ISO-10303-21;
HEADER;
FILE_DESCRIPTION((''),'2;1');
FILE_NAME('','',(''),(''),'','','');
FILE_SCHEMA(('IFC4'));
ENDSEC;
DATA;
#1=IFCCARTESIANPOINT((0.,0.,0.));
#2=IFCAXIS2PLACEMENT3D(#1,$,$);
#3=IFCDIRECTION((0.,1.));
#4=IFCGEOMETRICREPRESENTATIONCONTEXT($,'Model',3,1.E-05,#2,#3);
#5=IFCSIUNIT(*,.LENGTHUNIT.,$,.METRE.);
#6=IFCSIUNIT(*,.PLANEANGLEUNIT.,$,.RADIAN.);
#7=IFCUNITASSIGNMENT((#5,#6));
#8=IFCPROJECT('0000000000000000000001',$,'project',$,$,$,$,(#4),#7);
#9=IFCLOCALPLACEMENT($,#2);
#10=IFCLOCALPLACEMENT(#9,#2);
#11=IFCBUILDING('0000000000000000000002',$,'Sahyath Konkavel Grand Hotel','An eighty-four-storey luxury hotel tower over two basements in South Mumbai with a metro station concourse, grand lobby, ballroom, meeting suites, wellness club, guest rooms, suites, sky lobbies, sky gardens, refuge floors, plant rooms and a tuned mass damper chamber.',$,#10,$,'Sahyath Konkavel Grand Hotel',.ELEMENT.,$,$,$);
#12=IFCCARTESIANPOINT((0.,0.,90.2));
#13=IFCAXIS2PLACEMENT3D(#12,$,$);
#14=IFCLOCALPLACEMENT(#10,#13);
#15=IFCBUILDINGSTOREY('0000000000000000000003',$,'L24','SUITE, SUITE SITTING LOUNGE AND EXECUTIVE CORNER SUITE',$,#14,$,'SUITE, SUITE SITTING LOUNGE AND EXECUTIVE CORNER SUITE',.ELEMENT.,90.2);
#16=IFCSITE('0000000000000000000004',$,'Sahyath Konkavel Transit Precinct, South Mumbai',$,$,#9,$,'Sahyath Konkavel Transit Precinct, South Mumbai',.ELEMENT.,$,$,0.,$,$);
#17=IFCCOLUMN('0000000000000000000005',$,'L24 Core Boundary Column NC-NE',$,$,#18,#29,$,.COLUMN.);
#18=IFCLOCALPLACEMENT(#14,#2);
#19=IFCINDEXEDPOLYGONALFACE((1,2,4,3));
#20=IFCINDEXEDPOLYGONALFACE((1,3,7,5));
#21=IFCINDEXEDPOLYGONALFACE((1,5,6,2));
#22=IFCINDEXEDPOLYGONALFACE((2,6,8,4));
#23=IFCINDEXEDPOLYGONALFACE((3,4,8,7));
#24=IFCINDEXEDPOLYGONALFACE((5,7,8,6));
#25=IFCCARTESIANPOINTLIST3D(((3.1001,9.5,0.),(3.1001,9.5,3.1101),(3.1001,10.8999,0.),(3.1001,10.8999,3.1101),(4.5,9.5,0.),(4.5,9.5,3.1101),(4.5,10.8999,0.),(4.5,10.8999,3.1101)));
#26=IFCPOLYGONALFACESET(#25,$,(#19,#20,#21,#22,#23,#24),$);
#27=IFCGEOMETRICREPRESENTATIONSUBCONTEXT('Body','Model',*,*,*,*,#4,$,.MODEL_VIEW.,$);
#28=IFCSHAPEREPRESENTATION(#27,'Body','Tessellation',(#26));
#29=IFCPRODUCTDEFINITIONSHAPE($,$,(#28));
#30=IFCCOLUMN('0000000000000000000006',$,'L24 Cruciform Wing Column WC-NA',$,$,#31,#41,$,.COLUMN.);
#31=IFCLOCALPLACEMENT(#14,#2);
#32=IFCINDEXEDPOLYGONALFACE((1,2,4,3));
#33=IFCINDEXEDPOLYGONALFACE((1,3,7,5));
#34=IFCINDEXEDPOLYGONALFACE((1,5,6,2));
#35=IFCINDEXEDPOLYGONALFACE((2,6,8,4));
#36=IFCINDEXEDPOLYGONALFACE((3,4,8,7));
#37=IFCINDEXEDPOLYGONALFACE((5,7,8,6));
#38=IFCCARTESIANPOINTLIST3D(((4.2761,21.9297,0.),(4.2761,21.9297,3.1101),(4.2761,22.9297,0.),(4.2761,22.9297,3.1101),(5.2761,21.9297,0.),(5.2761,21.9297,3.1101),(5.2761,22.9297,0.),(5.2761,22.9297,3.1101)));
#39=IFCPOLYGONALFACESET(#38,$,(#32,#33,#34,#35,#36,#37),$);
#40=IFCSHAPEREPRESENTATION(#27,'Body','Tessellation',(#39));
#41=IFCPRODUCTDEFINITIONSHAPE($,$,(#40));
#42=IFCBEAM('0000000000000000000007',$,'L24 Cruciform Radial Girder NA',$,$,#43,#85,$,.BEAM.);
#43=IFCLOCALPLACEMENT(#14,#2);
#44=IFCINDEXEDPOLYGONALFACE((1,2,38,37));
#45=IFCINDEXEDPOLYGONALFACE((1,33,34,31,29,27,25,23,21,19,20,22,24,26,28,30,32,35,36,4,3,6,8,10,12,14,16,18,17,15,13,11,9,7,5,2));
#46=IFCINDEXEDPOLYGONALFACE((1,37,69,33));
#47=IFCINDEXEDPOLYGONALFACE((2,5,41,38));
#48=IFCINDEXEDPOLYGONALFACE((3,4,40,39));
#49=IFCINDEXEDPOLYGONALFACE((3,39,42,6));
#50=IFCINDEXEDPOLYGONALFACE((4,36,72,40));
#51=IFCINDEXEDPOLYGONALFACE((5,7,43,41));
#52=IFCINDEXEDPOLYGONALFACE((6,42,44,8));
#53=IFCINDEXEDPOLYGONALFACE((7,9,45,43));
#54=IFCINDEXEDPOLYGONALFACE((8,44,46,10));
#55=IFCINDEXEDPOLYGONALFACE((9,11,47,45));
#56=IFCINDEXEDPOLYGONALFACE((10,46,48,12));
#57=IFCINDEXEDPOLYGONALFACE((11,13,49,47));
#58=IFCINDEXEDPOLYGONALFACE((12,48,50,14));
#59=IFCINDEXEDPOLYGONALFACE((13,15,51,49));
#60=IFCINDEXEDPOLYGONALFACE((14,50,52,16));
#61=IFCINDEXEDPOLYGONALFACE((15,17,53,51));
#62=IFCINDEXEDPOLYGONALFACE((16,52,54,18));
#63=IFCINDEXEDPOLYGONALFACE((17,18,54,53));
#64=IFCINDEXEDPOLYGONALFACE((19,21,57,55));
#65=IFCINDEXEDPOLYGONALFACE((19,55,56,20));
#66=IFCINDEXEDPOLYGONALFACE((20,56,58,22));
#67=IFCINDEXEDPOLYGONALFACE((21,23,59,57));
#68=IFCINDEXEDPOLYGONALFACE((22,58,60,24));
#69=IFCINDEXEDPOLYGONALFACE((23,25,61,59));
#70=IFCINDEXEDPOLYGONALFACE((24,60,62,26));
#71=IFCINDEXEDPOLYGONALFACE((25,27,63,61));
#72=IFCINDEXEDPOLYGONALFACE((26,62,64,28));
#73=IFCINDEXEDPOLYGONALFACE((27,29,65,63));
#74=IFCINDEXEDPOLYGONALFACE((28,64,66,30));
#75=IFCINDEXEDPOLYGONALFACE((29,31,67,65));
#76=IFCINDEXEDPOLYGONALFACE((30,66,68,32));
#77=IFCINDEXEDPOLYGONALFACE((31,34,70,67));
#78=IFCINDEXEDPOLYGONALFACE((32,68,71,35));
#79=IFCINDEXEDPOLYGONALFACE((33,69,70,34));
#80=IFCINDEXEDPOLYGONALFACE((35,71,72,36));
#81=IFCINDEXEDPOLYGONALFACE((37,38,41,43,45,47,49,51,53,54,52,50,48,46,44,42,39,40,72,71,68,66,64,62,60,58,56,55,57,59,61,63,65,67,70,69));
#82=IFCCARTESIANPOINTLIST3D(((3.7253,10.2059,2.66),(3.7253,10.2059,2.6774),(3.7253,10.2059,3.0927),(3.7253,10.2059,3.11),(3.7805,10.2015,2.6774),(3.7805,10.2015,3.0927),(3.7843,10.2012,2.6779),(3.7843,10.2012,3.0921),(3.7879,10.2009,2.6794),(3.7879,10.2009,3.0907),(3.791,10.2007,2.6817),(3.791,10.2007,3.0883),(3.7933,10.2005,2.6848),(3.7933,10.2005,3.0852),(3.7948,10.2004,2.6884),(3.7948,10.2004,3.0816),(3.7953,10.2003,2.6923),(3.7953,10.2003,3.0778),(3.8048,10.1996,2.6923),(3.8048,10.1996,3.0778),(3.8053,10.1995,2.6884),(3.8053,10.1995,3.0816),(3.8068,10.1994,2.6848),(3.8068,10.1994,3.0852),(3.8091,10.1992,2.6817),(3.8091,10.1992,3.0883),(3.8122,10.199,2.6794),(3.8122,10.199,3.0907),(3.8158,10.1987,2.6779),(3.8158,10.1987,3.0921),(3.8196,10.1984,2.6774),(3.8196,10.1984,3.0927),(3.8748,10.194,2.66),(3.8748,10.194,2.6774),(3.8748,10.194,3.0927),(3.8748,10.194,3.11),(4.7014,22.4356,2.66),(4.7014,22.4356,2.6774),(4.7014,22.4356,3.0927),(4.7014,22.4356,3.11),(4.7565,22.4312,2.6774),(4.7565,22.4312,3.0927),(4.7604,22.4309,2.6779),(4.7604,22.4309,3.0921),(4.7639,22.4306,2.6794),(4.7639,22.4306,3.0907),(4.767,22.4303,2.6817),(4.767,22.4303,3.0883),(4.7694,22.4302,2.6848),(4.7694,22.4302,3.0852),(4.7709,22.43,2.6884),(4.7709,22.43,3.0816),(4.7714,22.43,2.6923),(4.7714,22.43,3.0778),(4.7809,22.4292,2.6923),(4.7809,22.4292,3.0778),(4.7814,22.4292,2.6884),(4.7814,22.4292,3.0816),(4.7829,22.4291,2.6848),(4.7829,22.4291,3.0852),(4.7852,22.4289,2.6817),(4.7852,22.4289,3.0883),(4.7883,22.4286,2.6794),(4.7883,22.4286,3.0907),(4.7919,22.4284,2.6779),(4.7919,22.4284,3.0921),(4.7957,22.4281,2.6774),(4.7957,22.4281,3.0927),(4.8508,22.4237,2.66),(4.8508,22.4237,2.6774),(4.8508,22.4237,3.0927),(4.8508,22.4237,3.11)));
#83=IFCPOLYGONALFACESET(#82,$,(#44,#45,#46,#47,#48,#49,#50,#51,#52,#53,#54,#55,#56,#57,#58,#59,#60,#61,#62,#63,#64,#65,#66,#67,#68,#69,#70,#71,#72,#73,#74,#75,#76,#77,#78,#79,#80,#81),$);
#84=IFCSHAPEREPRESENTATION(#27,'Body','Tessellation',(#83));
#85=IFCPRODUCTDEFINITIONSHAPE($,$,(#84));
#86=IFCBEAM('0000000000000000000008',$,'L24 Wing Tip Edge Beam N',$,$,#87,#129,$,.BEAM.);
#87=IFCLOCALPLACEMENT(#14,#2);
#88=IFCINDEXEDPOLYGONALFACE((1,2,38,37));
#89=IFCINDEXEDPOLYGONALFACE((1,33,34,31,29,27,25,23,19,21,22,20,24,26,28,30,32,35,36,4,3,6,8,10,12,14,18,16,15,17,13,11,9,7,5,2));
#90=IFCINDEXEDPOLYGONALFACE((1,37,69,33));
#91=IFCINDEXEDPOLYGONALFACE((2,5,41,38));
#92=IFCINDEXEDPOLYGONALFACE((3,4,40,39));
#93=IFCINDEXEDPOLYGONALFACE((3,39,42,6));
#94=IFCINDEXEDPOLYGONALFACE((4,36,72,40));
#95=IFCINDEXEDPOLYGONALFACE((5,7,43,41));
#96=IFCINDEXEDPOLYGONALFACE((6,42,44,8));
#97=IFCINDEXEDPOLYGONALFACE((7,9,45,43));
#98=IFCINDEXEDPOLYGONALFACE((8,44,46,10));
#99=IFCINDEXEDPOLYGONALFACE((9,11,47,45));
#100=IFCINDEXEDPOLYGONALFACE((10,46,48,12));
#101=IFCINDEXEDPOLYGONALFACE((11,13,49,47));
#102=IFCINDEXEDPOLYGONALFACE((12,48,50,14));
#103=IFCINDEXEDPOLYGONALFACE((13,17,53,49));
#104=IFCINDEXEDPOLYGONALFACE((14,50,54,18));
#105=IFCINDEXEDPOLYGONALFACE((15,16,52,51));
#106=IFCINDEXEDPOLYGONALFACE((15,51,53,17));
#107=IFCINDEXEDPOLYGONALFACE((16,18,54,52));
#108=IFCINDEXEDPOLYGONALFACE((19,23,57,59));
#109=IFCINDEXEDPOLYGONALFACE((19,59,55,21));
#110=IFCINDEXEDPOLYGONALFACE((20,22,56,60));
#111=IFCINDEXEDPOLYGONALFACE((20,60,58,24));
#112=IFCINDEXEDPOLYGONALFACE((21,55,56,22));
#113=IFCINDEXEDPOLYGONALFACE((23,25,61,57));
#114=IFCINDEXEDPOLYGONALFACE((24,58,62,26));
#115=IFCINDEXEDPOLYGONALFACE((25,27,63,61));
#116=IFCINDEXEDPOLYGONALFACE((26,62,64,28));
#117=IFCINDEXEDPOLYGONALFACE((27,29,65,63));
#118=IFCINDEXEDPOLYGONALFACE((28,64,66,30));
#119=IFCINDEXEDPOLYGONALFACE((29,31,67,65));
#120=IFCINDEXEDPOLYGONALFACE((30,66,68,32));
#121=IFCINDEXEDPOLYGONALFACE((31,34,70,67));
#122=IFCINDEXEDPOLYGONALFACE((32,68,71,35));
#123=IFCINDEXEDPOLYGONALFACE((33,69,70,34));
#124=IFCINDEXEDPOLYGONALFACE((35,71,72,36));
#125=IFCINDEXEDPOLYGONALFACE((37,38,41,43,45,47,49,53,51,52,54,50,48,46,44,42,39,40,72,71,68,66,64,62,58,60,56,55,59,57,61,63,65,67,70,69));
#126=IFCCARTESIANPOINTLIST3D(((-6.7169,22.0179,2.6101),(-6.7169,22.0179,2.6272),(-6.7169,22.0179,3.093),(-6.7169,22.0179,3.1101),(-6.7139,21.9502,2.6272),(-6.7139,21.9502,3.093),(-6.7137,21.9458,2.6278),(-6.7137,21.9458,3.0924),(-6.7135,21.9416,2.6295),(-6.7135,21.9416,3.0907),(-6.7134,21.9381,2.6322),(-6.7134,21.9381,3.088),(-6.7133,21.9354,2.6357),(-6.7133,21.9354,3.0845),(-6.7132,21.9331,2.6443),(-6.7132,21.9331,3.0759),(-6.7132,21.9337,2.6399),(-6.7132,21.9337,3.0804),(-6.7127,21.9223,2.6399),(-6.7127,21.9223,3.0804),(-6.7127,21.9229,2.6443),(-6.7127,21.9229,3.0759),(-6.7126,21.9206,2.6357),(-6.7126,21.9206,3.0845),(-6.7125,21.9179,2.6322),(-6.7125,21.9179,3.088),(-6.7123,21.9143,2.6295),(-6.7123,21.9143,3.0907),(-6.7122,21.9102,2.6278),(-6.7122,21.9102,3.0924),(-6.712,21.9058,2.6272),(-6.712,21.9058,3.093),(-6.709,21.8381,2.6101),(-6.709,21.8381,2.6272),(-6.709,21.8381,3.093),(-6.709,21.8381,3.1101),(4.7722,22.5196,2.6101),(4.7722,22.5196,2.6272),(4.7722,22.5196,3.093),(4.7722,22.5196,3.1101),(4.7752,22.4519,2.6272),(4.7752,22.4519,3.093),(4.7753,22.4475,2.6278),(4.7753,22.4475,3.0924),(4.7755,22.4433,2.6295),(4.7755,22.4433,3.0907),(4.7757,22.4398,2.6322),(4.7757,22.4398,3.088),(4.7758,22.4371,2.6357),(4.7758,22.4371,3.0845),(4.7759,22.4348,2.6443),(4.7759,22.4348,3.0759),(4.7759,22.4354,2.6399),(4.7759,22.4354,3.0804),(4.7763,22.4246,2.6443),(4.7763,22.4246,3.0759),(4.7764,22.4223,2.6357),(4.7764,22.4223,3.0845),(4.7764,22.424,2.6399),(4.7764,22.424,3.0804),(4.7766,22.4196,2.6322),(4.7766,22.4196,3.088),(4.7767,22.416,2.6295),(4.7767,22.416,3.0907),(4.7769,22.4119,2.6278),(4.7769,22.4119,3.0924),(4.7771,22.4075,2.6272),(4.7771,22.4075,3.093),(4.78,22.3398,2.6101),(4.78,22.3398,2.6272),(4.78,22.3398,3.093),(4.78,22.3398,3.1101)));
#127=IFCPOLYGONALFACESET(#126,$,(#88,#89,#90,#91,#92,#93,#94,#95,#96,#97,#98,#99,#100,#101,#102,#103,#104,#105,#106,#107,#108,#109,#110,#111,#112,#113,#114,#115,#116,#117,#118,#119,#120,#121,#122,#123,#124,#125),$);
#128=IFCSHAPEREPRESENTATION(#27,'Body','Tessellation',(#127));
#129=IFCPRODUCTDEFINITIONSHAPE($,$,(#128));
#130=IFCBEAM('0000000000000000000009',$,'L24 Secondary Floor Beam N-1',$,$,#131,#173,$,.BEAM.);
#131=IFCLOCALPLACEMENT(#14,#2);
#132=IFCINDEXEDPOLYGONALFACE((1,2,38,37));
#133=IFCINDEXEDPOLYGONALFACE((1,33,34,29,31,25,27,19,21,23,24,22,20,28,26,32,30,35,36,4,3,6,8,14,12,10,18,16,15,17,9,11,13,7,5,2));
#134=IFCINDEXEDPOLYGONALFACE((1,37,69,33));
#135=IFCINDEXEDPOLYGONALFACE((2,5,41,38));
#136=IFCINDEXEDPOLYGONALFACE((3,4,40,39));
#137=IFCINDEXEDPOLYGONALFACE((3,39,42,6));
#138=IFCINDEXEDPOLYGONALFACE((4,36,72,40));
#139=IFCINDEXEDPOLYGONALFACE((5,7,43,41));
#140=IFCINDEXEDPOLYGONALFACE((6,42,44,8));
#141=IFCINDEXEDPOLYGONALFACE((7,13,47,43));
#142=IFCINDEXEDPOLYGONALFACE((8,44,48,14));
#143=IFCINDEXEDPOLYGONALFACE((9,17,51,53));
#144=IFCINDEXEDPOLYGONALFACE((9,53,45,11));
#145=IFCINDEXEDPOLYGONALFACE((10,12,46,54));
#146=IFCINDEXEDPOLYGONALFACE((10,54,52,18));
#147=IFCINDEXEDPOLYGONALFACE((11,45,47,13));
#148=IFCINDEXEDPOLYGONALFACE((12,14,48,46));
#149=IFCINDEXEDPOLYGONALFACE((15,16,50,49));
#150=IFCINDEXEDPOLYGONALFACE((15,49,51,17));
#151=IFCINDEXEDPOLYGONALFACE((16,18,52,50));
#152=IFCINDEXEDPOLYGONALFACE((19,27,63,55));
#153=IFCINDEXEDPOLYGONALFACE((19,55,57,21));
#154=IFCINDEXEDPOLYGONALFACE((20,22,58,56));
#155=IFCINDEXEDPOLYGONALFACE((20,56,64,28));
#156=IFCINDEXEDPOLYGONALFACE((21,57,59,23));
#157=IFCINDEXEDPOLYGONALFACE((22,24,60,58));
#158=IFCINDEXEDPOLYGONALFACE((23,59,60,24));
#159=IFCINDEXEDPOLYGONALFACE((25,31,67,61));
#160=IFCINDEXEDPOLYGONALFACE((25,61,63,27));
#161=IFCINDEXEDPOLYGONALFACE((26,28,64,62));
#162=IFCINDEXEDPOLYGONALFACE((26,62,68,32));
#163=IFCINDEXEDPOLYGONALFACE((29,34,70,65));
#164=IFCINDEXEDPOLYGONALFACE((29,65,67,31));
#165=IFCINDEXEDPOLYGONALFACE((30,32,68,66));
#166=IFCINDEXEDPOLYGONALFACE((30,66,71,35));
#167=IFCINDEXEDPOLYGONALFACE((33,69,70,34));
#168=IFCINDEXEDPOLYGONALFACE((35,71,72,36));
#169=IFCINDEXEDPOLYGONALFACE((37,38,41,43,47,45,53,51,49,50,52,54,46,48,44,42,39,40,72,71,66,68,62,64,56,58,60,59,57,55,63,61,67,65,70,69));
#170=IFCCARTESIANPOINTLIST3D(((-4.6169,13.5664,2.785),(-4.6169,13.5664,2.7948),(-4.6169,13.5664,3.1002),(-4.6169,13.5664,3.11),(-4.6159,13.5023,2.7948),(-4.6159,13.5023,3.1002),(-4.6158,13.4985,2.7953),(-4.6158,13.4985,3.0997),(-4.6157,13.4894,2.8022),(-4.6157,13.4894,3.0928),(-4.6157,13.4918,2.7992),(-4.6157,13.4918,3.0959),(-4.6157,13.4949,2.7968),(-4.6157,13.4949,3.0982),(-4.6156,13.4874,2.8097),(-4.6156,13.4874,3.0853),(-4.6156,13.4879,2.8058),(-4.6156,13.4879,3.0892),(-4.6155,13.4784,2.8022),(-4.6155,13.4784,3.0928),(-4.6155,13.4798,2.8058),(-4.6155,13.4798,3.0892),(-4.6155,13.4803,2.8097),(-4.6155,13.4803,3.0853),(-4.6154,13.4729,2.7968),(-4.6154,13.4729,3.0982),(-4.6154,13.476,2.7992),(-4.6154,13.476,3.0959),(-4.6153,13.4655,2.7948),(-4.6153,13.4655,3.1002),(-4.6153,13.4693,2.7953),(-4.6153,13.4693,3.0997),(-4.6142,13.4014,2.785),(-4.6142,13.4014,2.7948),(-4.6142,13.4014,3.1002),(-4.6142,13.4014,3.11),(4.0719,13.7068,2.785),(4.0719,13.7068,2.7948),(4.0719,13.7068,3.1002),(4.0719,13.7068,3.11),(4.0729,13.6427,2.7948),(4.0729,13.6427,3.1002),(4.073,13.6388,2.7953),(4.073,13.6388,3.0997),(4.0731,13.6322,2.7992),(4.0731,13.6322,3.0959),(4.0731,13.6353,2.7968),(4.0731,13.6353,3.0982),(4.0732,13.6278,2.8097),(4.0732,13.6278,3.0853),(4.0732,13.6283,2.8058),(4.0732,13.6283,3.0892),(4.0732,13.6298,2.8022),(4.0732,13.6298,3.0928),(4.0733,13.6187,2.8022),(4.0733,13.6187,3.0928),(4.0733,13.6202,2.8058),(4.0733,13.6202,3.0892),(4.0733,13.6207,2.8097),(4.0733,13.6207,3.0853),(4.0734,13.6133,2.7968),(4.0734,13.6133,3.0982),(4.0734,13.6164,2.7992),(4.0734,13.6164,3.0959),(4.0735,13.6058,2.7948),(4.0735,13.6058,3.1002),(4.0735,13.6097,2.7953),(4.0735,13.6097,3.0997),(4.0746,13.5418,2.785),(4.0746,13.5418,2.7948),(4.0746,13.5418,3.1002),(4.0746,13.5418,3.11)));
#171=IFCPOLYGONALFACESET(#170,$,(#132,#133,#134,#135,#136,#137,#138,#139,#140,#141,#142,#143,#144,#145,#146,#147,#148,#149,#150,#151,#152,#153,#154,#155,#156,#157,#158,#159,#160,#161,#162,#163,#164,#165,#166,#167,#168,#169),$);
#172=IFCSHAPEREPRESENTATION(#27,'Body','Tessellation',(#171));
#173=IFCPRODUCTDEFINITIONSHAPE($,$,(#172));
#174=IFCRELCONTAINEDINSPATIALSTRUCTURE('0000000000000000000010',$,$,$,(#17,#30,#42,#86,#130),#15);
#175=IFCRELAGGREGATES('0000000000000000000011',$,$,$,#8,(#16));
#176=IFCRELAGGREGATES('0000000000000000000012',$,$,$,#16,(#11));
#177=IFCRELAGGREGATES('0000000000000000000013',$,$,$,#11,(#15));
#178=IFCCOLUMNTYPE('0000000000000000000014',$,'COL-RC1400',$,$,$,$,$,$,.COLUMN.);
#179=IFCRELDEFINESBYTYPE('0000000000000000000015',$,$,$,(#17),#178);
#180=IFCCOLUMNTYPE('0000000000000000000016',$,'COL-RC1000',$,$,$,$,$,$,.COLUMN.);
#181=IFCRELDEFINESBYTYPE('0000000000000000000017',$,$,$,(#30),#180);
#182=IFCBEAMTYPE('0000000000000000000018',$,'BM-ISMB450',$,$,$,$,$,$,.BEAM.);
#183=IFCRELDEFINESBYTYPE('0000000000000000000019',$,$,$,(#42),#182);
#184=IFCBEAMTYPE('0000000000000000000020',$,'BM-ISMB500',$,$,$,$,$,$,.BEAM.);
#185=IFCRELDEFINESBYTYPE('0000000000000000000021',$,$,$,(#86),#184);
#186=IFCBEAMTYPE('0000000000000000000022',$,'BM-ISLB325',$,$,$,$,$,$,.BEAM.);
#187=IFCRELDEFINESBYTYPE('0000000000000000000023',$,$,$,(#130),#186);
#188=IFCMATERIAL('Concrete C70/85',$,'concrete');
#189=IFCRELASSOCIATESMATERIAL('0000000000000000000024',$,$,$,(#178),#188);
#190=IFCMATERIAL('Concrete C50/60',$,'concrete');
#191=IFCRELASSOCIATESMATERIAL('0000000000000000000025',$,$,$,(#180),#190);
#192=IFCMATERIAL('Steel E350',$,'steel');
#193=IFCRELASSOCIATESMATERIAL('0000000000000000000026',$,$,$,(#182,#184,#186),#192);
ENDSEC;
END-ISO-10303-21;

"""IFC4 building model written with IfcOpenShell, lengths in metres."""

from ifc_helpers import new_model, si_unit, direction, frame, origin, origin_2d, place, context, subcontext, project, spatial, rectangle, i_section, extrude, source, transform, mapped, material, material_profile, profile_set, type_object, element, save


model = new_model("IFC4")

# Units and contexts
model_context = context("Model", 3, precision=1e-05, world=origin(), true_north=direction((0.0, 1.0)))
body_context = subcontext(model_context, "Body", "Model", "MODEL_VIEW")
ifc_project = project(units=[si_unit("LENGTHUNIT", "METRE"), si_unit("PLANEANGLEUNIT", "RADIAN")], contexts=[model_context])

# Site, building, storey
site_placement = place(None, origin())
site = spatial("IfcSite", under=ifc_project, at=site_placement, Name="Sahyath Konkavel Transit Precinct, South Mumbai", LongName="Sahyath Konkavel Transit Precinct, South Mumbai", CompositionType="ELEMENT", RefElevation=0.0)
building_placement = place(site_placement, origin())
building = spatial("IfcBuilding", under=site, at=building_placement, Name="Sahyath Konkavel Grand Hotel", Description="An eighty-four-storey luxury hotel tower over two basements in South Mumbai with a metro station concourse, grand lobby, ballroom, meeting suites, wellness club, guest rooms, suites, sky lobbies, sky gardens, refuge floors, plant rooms and a tuned mass damper chamber.", LongName="Sahyath Konkavel Grand Hotel", CompositionType="ELEMENT")
storey_placement = place(building_placement, frame((0.0, 0.0, 90.2)))
storey = spatial("IfcBuildingStorey", under=building, at=storey_placement, Name="L24", Description="SUITE, SUITE SITTING LOUNGE AND EXECUTIVE CORNER SUITE", LongName="SUITE, SUITE SITTING LOUNGE AND EXECUTIVE CORNER SUITE", CompositionType="ELEMENT", Elevation=90.2)

# Columns
ifc_material_1 = material(Name="Concrete C70/85", Category="concrete")
ifc_material_profile_1 = material_profile(ifc_material_1, rectangle(XDim=1.3999, YDim=1.3999, at=origin_2d()), Name="RC 1400x1400")
ifc_profile_set_1 = profile_set([ifc_material_profile_1], Name="Concrete C70/85")
column_type_1 = type_object("IfcColumnType", Name="COL-RC1400", PredefinedType="COLUMN", material=ifc_profile_set_1)
shared_shape_1 = source(origin(), body_context, "Body", "SweptSolid", [
    extrude(rectangle(XDim=1.3999, YDim=1.3999, at=origin_2d()), origin(), (0.0, 0.0, 1.0), 3.1101),
])
column_1_placement = place(storey_placement, frame((3.8, 10.2, 0.0), z_axis=(0.0, 0.0, 1.0), x_axis=(1.0, 0.0, 0.0)))
element("IfcColumn", 1, at=column_1_placement, inside=storey, type_object=column_type_1, Name="L24 Core Boundary Column NC-NE", PredefinedType="COLUMN", context=body_context, shape_type="MappedRepresentation", body=[
    mapped(shared_shape_1, transform((0.0, 0.0, 0.0), scale=1.0)),
])
ifc_material_2 = material(Name="Concrete C50/60", Category="concrete")
ifc_material_profile_2 = material_profile(ifc_material_2, rectangle(XDim=1.0, YDim=1.0, at=origin_2d()), Name="RC 1000x1000")
ifc_profile_set_2 = profile_set([ifc_material_profile_2], Name="Concrete C50/60")
column_type_2 = type_object("IfcColumnType", Name="COL-RC1000", PredefinedType="COLUMN", material=ifc_profile_set_2)
shared_shape_2 = source(origin(), body_context, "Body", "SweptSolid", [
    extrude(rectangle(XDim=1.0, YDim=1.0, at=origin_2d()), origin(), (0.0, 0.0, 1.0), 3.1101),
])
column_2_placement = place(storey_placement, frame((4.7761, 22.4297, 0.0), z_axis=(0.0, 0.0, 1.0), x_axis=(1.0, 0.0, 0.0)))
element("IfcColumn", 2, at=column_2_placement, inside=storey, type_object=column_type_2, Name="L24 Cruciform Wing Column WC-NA", PredefinedType="COLUMN", context=body_context, shape_type="MappedRepresentation", body=[
    mapped(shared_shape_2, transform((0.0, 0.0, 0.0), scale=1.0)),
])

# Beams
ifc_material_3 = material(Name="Steel E350", Category="steel")
ifc_material_profile_3 = material_profile(ifc_material_3, i_section(OverallWidth=0.1499, OverallDepth=0.45, WebThickness=0.0095, FlangeThickness=0.0173, FilletRadius=0.0149, at=origin_2d()), Name="ISMB 450")
ifc_profile_set_3 = profile_set([ifc_material_profile_3], Name="Steel E350")
beam_type_1 = type_object("IfcBeamType", Name="BM-ISMB450", PredefinedType="BEAM", material=ifc_profile_set_3)
shared_shape_3 = source(origin(), body_context, "Body", "SweptSolid", [
    extrude(i_section(OverallWidth=0.1499, OverallDepth=0.45, WebThickness=0.0095, FlangeThickness=0.0173, FilletRadius=0.0149, at=origin_2d()), origin(), (0.0, 0.0, 1.0), 12.2686),
])
beam_1_placement = place(storey_placement, frame((3.8, 10.2, 2.885), z_axis=(0.079559, 0.99683, 0.0), x_axis=(-0.99683, 0.079559, 0.0)))
element("IfcBeam", 3, at=beam_1_placement, inside=storey, type_object=beam_type_1, Name="L24 Cruciform Radial Girder NA", PredefinedType="BEAM", context=body_context, shape_type="MappedRepresentation", body=[
    mapped(shared_shape_3, transform((0.0, 0.0, 0.0), scale=1.0)),
])
ifc_material_profile_4 = material_profile(ifc_material_3, i_section(OverallWidth=0.1799, OverallDepth=0.5, WebThickness=0.0103, FlangeThickness=0.0171, FilletRadius=0.0171, at=origin_2d()), Name="ISMB 500")
ifc_profile_set_4 = profile_set([ifc_material_profile_4], Name="Steel E350")
beam_type_2 = type_object("IfcBeamType", Name="BM-ISMB500", PredefinedType="BEAM", material=ifc_profile_set_4)
shared_shape_4 = source(origin(), body_context, "Body", "SweptSolid", [
    extrude(i_section(OverallWidth=0.1799, OverallDepth=0.5, WebThickness=0.0103, FlangeThickness=0.0171, FilletRadius=0.0171, at=origin_2d()), origin(), (0.0, 0.0, 1.0), 11.5),
])
beam_2_placement = place(storey_placement, frame((4.7761, 22.4297, 2.8601), z_axis=(-0.999048, -0.043627, 0.0), x_axis=(0.043627, -0.999048, 0.0)))
element("IfcBeam", 4, at=beam_2_placement, inside=storey, type_object=beam_type_2, Name="L24 Wing Tip Edge Beam N", PredefinedType="BEAM", context=body_context, shape_type="MappedRepresentation", body=[
    mapped(shared_shape_4, transform((0.0, 0.0, 0.0), scale=1.0)),
])
ifc_material_profile_5 = material_profile(ifc_material_3, i_section(OverallWidth=0.165, OverallDepth=0.325, WebThickness=0.0071, FlangeThickness=0.0098, FilletRadius=0.0149, at=origin_2d()), Name="ISLB 325")
ifc_profile_set_5 = profile_set([ifc_material_profile_5], Name="Steel E350")
beam_type_3 = type_object("IfcBeamType", Name="BM-ISLB325", PredefinedType="BEAM", material=ifc_profile_set_5)
shared_shape_5 = source(origin(), body_context, "Body", "SweptSolid", [
    extrude(i_section(OverallWidth=0.165, OverallDepth=0.325, WebThickness=0.0071, FlangeThickness=0.0098, FilletRadius=0.0149, at=origin_2d()), origin(), (0.0, 0.0, 1.0), 8.6899),
])
beam_3_placement = place(storey_placement, frame((4.0732, 13.6243, 2.9475), z_axis=(-0.99987, -0.016155, 0.0), x_axis=(0.016155, -0.99987, 0.0)))
element("IfcBeam", 5, at=beam_3_placement, inside=storey, type_object=beam_type_3, Name="L24 Secondary Floor Beam N-1", PredefinedType="BEAM", context=body_context, shape_type="MappedRepresentation", body=[
    mapped(shared_shape_5, transform((0.0, 0.0, 0.0), scale=1.0)),
])

save(model, "model.ifc")
